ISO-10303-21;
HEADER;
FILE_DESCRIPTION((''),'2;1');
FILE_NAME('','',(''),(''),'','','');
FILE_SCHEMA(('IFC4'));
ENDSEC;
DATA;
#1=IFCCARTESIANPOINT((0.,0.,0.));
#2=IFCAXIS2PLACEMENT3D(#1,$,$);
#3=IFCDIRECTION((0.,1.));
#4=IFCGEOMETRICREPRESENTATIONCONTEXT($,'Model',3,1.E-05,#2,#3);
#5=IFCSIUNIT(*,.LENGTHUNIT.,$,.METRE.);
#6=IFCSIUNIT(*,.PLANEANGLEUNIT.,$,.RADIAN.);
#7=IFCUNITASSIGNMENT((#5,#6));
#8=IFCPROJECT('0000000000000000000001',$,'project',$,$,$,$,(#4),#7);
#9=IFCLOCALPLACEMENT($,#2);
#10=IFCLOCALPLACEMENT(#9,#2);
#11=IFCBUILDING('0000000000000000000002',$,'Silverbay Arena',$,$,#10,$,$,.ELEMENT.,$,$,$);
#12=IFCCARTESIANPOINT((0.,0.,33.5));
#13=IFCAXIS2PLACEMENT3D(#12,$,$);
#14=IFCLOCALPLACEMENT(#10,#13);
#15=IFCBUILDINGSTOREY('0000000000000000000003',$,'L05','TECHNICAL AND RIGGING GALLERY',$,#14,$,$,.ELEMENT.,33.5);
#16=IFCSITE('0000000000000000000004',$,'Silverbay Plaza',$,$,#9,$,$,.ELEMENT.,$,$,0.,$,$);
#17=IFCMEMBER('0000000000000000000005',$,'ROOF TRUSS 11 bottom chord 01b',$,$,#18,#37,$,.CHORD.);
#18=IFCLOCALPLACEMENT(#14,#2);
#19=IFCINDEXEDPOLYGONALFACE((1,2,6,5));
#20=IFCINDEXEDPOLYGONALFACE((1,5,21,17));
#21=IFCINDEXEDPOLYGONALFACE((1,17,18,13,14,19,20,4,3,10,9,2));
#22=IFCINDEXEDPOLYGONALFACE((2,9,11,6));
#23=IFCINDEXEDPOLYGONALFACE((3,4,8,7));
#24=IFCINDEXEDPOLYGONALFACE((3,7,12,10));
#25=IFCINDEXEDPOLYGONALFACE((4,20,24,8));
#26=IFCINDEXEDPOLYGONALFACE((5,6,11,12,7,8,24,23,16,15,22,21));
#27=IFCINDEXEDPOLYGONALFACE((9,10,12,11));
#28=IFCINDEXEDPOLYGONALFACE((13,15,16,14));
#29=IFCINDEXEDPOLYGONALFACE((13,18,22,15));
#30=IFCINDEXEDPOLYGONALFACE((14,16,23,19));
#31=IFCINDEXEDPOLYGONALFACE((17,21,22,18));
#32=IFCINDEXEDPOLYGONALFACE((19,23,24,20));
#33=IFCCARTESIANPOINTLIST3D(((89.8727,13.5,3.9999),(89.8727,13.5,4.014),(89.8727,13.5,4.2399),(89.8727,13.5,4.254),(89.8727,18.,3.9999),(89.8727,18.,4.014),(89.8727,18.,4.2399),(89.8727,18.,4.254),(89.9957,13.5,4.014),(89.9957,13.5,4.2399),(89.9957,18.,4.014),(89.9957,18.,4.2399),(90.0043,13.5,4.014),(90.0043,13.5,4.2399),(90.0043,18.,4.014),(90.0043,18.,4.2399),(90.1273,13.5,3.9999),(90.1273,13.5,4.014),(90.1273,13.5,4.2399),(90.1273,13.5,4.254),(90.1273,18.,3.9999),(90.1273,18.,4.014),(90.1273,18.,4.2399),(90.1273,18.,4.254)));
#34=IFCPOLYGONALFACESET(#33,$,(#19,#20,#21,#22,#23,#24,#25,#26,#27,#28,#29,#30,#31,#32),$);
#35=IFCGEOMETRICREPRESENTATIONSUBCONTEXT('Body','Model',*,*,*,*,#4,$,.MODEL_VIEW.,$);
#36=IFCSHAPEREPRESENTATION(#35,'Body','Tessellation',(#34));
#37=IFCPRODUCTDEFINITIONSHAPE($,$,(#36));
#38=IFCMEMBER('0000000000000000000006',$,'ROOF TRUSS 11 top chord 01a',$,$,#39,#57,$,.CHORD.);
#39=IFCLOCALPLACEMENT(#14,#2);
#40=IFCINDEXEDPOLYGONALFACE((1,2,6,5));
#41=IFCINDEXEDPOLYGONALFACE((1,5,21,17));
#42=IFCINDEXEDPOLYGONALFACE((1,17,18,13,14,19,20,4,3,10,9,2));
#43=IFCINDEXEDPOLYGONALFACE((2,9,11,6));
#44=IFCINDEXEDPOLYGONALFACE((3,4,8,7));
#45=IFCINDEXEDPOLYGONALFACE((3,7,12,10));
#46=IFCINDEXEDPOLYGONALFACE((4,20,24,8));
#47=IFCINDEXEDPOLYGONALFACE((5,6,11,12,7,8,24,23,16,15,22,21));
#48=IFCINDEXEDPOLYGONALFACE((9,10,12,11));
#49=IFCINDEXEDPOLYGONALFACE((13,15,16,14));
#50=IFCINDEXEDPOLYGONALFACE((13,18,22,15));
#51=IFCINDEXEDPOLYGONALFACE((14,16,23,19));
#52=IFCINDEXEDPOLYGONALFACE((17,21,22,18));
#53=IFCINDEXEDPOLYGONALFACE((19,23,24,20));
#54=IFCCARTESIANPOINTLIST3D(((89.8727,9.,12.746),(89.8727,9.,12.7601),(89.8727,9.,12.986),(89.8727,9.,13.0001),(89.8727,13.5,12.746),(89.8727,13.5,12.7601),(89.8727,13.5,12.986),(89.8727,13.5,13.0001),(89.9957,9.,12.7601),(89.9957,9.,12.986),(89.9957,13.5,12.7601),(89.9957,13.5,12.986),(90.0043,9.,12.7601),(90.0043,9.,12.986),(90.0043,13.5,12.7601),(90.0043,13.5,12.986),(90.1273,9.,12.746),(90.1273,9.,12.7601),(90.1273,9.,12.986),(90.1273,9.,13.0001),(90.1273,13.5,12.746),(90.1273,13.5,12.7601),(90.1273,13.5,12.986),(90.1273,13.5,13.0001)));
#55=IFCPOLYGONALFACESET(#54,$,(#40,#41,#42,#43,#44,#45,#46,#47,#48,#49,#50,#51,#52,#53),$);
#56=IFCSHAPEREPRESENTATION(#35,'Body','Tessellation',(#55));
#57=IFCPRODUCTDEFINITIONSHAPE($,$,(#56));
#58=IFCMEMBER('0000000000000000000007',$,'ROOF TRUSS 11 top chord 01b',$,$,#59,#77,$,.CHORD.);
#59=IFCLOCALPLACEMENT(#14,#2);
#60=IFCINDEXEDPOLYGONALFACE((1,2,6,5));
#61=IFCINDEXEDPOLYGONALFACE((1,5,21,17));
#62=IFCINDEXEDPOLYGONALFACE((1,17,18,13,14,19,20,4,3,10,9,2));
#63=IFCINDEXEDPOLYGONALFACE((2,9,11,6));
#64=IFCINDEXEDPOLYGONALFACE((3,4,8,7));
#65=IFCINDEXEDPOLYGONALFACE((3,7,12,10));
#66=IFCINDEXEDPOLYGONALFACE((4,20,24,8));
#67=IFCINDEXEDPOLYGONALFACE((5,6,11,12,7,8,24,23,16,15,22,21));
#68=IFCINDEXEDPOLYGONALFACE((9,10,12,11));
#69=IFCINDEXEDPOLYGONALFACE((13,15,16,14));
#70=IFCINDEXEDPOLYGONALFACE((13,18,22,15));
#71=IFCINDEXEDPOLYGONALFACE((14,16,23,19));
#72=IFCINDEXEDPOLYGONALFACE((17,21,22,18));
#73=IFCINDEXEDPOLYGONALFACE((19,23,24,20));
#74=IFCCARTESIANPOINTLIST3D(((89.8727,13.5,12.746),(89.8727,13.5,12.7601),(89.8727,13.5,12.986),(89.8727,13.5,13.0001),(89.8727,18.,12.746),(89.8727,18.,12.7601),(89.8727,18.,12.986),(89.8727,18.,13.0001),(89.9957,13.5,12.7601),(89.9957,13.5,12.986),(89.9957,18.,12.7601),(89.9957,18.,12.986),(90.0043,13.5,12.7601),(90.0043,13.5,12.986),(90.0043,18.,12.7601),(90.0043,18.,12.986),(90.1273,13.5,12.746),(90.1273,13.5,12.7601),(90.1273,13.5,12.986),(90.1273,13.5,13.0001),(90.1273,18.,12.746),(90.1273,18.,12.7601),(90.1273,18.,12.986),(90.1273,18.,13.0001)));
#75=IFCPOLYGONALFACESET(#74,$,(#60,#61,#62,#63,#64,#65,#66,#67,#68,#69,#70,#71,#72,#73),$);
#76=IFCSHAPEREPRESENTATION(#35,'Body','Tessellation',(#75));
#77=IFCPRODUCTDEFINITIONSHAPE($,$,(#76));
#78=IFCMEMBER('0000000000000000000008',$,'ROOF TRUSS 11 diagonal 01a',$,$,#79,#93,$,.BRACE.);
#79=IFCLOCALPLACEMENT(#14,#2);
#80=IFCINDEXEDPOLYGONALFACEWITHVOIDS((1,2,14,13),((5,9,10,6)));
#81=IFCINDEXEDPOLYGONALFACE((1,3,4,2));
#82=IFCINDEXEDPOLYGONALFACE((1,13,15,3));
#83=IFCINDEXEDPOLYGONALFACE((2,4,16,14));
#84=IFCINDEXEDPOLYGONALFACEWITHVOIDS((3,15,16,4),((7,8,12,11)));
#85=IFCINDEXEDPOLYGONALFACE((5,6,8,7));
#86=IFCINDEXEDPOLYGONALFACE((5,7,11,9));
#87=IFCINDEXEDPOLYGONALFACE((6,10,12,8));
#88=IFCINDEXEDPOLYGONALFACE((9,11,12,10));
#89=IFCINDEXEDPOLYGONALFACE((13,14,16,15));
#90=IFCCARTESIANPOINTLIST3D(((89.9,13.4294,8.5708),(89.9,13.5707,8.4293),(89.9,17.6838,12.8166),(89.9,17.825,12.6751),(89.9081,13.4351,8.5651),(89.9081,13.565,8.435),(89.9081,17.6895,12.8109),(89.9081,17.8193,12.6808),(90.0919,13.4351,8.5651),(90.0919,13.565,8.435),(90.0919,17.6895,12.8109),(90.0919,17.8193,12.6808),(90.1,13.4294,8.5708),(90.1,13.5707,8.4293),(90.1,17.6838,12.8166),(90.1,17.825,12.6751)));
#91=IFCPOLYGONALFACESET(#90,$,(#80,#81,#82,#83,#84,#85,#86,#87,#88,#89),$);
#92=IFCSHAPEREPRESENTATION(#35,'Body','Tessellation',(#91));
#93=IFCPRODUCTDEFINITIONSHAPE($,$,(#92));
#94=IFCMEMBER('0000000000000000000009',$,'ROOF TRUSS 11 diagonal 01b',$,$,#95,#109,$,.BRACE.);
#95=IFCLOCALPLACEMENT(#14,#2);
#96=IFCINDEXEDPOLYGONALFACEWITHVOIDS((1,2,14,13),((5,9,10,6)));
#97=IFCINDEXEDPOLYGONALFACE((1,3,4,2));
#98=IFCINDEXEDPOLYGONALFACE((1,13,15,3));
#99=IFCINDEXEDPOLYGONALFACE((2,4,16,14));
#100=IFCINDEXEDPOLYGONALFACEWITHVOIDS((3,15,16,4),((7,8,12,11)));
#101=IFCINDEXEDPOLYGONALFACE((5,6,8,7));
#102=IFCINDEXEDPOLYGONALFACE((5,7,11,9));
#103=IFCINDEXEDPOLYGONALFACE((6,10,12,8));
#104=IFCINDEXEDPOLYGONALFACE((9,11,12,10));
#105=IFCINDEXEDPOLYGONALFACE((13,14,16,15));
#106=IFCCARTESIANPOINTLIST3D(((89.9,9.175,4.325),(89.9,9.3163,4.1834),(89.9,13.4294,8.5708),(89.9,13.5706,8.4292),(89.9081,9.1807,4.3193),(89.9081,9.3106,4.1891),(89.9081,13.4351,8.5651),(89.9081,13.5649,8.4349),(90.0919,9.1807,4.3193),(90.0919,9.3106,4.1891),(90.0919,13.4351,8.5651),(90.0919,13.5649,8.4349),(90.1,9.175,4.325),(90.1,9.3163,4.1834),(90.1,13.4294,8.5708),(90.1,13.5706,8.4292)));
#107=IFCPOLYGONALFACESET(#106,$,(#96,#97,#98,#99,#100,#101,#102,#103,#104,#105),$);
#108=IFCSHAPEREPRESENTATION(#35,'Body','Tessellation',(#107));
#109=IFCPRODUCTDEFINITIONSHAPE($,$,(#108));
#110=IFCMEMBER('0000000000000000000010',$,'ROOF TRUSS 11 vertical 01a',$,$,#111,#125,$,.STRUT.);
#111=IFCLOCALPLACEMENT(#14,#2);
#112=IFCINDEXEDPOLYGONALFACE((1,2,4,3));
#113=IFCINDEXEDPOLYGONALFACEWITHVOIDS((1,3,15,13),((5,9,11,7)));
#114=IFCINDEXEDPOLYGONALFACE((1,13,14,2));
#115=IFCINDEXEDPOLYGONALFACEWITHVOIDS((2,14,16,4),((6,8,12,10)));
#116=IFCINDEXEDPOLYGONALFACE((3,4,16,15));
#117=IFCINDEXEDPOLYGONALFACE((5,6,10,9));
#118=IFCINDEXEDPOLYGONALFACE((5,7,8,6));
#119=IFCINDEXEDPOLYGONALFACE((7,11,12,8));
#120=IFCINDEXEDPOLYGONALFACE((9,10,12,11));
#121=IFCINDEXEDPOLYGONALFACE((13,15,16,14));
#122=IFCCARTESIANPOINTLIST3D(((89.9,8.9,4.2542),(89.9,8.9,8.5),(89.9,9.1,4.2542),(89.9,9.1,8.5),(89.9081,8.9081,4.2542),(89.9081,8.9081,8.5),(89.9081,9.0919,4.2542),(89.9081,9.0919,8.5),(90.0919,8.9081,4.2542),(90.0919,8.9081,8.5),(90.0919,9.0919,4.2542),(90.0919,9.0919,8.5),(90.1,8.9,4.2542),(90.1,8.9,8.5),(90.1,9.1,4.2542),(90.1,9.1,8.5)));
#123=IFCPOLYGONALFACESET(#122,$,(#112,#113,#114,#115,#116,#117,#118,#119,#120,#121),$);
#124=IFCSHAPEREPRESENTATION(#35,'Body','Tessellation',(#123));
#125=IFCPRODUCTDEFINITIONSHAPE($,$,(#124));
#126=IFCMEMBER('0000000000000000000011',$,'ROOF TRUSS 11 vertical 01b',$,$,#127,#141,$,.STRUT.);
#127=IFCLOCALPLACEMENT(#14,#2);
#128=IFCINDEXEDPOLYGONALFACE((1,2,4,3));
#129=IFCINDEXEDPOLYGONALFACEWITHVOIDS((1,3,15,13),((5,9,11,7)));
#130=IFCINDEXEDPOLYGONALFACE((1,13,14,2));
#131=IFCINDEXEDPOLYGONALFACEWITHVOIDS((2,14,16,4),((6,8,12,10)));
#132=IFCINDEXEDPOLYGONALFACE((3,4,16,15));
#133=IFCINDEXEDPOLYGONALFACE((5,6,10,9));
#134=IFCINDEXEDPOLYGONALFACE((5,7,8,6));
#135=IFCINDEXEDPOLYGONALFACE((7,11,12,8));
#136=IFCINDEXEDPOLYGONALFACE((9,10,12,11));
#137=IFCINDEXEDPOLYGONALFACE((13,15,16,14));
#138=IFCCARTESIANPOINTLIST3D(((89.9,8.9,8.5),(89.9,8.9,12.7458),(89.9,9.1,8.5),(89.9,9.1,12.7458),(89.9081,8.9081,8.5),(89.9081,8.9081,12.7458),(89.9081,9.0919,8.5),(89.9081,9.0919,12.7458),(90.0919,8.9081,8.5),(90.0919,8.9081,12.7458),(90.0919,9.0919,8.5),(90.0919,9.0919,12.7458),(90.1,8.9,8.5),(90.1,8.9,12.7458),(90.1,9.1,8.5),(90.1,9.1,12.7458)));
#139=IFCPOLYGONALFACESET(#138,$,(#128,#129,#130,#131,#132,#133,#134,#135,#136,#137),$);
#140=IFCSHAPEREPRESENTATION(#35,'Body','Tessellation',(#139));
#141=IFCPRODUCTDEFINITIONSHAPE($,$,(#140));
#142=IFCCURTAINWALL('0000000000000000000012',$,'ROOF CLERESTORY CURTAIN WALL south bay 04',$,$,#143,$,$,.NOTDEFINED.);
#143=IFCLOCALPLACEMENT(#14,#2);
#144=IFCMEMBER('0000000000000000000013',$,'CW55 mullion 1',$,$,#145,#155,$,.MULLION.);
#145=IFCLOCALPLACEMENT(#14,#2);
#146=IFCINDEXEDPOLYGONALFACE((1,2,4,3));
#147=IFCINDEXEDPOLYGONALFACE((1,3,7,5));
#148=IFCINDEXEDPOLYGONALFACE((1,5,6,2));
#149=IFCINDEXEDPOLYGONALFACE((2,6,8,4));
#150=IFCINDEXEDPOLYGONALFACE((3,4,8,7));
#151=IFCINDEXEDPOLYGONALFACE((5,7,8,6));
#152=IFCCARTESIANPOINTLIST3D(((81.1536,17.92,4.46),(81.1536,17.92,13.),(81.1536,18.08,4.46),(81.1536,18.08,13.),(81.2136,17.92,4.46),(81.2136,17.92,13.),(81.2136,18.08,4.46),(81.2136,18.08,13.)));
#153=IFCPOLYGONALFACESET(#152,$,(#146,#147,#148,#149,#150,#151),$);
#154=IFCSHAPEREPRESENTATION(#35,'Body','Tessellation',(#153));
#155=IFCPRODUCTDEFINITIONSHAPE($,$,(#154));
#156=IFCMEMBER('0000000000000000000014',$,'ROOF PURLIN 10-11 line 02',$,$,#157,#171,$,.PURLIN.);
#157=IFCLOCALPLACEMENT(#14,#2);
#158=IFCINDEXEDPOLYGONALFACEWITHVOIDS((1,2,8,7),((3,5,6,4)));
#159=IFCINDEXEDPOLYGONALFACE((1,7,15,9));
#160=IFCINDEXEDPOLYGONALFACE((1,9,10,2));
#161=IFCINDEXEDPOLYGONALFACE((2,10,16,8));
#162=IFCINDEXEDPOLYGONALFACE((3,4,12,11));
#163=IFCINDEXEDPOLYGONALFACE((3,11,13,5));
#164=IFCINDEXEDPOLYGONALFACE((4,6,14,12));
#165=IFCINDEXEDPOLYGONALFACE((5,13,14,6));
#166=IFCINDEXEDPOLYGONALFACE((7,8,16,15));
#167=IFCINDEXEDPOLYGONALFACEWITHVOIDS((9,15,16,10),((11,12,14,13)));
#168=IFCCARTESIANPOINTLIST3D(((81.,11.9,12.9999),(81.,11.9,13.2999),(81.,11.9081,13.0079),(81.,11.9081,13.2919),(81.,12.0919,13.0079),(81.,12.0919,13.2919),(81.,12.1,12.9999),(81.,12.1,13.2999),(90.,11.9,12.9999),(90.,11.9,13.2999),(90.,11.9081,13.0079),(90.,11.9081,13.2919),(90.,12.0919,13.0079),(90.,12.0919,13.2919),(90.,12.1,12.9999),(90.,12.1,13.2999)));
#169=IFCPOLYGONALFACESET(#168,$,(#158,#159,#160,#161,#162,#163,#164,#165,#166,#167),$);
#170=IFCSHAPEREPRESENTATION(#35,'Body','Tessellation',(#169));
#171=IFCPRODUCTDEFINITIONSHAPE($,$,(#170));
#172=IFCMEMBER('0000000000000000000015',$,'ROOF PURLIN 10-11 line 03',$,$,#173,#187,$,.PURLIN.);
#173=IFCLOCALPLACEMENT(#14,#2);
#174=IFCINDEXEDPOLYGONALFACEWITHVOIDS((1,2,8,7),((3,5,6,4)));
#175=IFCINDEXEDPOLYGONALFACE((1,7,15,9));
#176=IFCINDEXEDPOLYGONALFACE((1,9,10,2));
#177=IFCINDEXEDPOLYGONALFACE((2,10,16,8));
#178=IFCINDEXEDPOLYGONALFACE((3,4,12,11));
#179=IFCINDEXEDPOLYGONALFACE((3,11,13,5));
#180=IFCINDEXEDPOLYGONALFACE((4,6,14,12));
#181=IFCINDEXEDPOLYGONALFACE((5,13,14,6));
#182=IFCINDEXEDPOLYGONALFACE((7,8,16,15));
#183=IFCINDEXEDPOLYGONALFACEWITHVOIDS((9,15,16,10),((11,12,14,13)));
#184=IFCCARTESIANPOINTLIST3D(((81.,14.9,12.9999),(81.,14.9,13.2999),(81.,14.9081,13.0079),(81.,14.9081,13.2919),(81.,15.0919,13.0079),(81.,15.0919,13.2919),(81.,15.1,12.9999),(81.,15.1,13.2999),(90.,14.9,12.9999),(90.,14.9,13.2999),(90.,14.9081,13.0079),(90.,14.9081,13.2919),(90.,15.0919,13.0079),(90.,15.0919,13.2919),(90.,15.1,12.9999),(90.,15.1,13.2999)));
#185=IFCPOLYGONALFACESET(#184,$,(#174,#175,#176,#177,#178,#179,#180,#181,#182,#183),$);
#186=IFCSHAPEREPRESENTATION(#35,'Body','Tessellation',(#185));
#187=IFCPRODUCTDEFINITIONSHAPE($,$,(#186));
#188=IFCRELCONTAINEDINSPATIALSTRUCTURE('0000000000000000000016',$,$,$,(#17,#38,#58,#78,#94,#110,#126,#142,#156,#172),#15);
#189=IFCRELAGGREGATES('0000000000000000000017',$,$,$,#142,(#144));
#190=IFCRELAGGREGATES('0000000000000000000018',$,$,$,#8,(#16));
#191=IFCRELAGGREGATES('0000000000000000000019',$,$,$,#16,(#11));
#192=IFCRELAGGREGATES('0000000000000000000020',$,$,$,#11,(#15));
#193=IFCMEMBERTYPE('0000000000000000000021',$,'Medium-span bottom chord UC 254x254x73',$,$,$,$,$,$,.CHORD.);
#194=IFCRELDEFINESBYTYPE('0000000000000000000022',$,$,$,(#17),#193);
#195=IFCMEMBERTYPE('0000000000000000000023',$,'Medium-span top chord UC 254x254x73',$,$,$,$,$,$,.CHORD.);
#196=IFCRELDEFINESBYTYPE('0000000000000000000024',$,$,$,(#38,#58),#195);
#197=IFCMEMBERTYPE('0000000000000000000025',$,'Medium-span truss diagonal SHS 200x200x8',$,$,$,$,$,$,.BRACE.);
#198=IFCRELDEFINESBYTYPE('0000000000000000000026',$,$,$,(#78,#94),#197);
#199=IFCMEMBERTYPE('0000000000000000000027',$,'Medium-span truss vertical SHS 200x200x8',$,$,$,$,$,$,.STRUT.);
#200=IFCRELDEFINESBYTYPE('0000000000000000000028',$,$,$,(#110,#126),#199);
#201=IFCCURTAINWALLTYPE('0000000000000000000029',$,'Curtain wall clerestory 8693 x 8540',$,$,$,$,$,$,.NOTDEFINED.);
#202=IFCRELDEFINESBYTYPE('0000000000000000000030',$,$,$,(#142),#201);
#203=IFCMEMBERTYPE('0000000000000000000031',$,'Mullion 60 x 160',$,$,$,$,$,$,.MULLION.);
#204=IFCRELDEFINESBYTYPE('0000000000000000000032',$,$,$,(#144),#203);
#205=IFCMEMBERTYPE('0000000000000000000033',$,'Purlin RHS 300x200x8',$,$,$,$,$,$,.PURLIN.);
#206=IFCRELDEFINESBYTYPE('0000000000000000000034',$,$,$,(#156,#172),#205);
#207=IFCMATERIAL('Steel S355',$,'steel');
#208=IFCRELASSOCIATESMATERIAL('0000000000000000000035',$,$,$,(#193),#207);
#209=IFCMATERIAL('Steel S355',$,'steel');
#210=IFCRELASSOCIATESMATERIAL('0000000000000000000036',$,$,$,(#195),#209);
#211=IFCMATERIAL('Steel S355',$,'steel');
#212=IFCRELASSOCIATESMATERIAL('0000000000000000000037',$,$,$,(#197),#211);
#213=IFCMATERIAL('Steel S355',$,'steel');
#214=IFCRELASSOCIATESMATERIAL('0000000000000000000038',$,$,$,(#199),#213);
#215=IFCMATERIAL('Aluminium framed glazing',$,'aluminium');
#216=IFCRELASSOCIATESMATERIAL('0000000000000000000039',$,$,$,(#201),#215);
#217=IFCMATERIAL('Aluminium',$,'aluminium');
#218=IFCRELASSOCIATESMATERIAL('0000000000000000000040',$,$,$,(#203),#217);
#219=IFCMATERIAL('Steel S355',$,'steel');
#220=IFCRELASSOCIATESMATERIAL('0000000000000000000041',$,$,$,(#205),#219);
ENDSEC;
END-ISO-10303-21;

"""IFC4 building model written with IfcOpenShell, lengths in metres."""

from ifc_helpers import new_model, si_unit, direction, frame, origin, origin_2d, place, context, subcontext, project, spatial, rectangle, hollow_rectangle, i_section, extrude, material, material_profile, profile_set, type_object, element, aggregate, save


model = new_model("IFC4")

# Units and contexts
model_context = context("Model", 3, precision=1e-05, world=origin(), true_north=direction((0.0, 1.0)))
body_context = subcontext(model_context, "Body", "Model", "MODEL_VIEW")
ifc_project = project(units=[si_unit("LENGTHUNIT", "METRE"), si_unit("PLANEANGLEUNIT", "RADIAN")], contexts=[model_context])

# Site, building, storey
site_placement = place(None, origin())
site = spatial("IfcSite", under=ifc_project, at=site_placement, Name="Silverbay Plaza", CompositionType="ELEMENT", RefElevation=0.0)
building_placement = place(site_placement, origin())
building = spatial("IfcBuilding", under=site, at=building_placement, Name="Silverbay Arena", CompositionType="ELEMENT")
storey_placement = place(building_placement, frame((0.0, 0.0, 33.5)))
storey = spatial("IfcBuildingStorey", under=building, at=storey_placement, Name="L05", Description="TECHNICAL AND RIGGING GALLERY", CompositionType="ELEMENT", Elevation=33.5)

# Members
ifc_material_1 = material(Name="Steel S355", Category="steel")
ifc_material_profile_1 = material_profile(ifc_material_1, i_section(OverallWidth=0.2546, OverallDepth=0.2542, WebThickness=0.0085, FlangeThickness=0.0142, at=origin_2d()), Name="UC 254x254x73")
ifc_profile_set_1 = profile_set([ifc_material_profile_1], Name="Steel S355")
member_type_1 = type_object("IfcMemberType", Name="Medium-span bottom chord UC 254x254x73", PredefinedType="CHORD", material=ifc_profile_set_1)
for number, where, z_axis, x_axis, name in (
    (1, (90.0, 13.5, 4.127), (0.0, 1.0, 0.0), (-1.0, 0.0, 0.0), "ROOF TRUSS 11 bottom chord 01b"),
):
    element("IfcMember", number, at=place(storey_placement, frame(where, z_axis=z_axis, x_axis=x_axis)), inside=storey, type_object=member_type_1, Name=name, PredefinedType="CHORD", context=body_context, shape_type="SweptSolid", body=[
        extrude(i_section(OverallWidth=0.2546, OverallDepth=0.2542, WebThickness=0.0085, FlangeThickness=0.0142, at=origin_2d()), origin(), (0.0, 0.0, 1.0), 4.5),
    ])
ifc_material_2 = material(Name="Steel S355", Category="steel")
ifc_material_profile_2 = material_profile(ifc_material_2, i_section(OverallWidth=0.2546, OverallDepth=0.2542, WebThickness=0.0085, FlangeThickness=0.0142, at=origin_2d()), Name="UC 254x254x73")
ifc_profile_set_2 = profile_set([ifc_material_profile_2], Name="Steel S355")
member_type_2 = type_object("IfcMemberType", Name="Medium-span top chord UC 254x254x73", PredefinedType="CHORD", material=ifc_profile_set_2)
for number, where, z_axis, x_axis, name in (
    (2, (90.0, 9.0, 12.873), (0.0, 1.0, 0.0), (-1.0, 0.0, 0.0), "ROOF TRUSS 11 top chord 01a"),
    (3, (90.0, 13.5, 12.873), (0.0, 1.0, 0.0), (-1.0, 0.0, 0.0), "ROOF TRUSS 11 top chord 01b"),
):
    element("IfcMember", number, at=place(storey_placement, frame(where, z_axis=z_axis, x_axis=x_axis)), inside=storey, type_object=member_type_2, Name=name, PredefinedType="CHORD", context=body_context, shape_type="SweptSolid", body=[
        extrude(i_section(OverallWidth=0.2546, OverallDepth=0.2542, WebThickness=0.0085, FlangeThickness=0.0142, at=origin_2d()), origin(), (0.0, 0.0, 1.0), 4.5),
    ])
ifc_material_3 = material(Name="Steel S355", Category="steel")
ifc_material_profile_3 = material_profile(ifc_material_3, hollow_rectangle(XDim=0.2, YDim=0.2, WallThickness=0.0081, at=origin_2d()), Name="SHS 200x200x8")
ifc_profile_set_3 = profile_set([ifc_material_profile_3], Name="Steel S355")
member_type_3 = type_object("IfcMemberType", Name="Medium-span truss diagonal SHS 200x200x8", PredefinedType="BRACE", material=ifc_profile_set_3)
for number, where, z_axis, x_axis, name in (
    (4, (90.0, 17.7544, 12.7458), (0.0, -0.707817, -0.706396), (1.0, 0.0, 0.0), "ROOF TRUSS 11 diagonal 01a"),
    (5, (90.0, 13.5, 8.5), (0.0, -0.707817, -0.706396), (1.0, 0.0, 0.0), "ROOF TRUSS 11 diagonal 01b"),
):
    element("IfcMember", number, at=place(storey_placement, frame(where, z_axis=z_axis, x_axis=x_axis)), inside=storey, type_object=member_type_3, Name=name, PredefinedType="BRACE", context=body_context, shape_type="SweptSolid", body=[
        extrude(hollow_rectangle(XDim=0.2, YDim=0.2, WallThickness=0.0081, at=origin_2d()), origin(), (0.0, 0.0, 1.0), 6.0105),
    ])
ifc_material_4 = material(Name="Steel S355", Category="steel")
ifc_material_profile_4 = material_profile(ifc_material_4, hollow_rectangle(XDim=0.2, YDim=0.2, WallThickness=0.0081, at=origin_2d()), Name="SHS 200x200x8")
ifc_profile_set_4 = profile_set([ifc_material_profile_4], Name="Steel S355")
member_type_4 = type_object("IfcMemberType", Name="Medium-span truss vertical SHS 200x200x8", PredefinedType="STRUT", material=ifc_profile_set_4)
for number, where, z_axis, x_axis, name in (
    (6, (90.0, 9.0, 4.2542), (0.0, 0.0, 1.0), (1.0, 0.0, 0.0), "ROOF TRUSS 11 vertical 01a"),
    (7, (90.0, 9.0, 8.5), (0.0, 0.0, 1.0), (1.0, 0.0, 0.0), "ROOF TRUSS 11 vertical 01b"),
):
    element("IfcMember", number, at=place(storey_placement, frame(where, z_axis=z_axis, x_axis=x_axis)), inside=storey, type_object=member_type_4, Name=name, PredefinedType="STRUT", context=body_context, shape_type="SweptSolid", body=[
        extrude(hollow_rectangle(XDim=0.2, YDim=0.2, WallThickness=0.0081, at=origin_2d()), origin(), (0.0, 0.0, 1.0), 4.2458),
    ])

# Curtain wall, member
ifc_material_5 = material(Name="Aluminium framed glazing", Category="aluminium")
curtain_wall_type = type_object("IfcCurtainWallType", Name="Curtain wall clerestory 8693 x 8540", PredefinedType="NOTDEFINED", material=ifc_material_5)
curtain_wall_placement = place(storey_placement, origin())
curtain_wall = element("IfcCurtainWall", 8, at=curtain_wall_placement, inside=storey, type_object=curtain_wall_type, Name="ROOF CLERESTORY CURTAIN WALL south bay 04", PredefinedType="NOTDEFINED")
ifc_material_6 = material(Name="Aluminium", Category="aluminium")
ifc_material_profile_5 = material_profile(ifc_material_6, rectangle(XDim=0.1599, YDim=0.0601, at=origin_2d()), Name="Mullion 60 x 160")
ifc_profile_set_5 = profile_set([ifc_material_profile_5], Name="Aluminium")
member_type_5 = type_object("IfcMemberType", Name="Mullion 60 x 160", PredefinedType="MULLION", material=ifc_profile_set_5)
member_1_placement = place(storey_placement, frame((81.1836, 18.0, 4.46), z_axis=(0.0, 0.0, 1.0), x_axis=(0.0, 1.0, 0.0)))
member_1 = element("IfcMember", 9, at=member_1_placement, type_object=member_type_5, Name="CW55 mullion 1", PredefinedType="MULLION", context=body_context, shape_type="SweptSolid", body=[
    extrude(rectangle(XDim=0.1599, YDim=0.0601, at=origin_2d()), origin(), (0.0, 0.0, 1.0), 8.54),
])

# Members
ifc_material_7 = material(Name="Steel S355", Category="steel")
ifc_material_profile_6 = material_profile(ifc_material_7, hollow_rectangle(XDim=0.2, YDim=0.3, WallThickness=0.0081, at=origin_2d()), Name="RHS 300x200x8")
ifc_profile_set_6 = profile_set([ifc_material_profile_6], Name="Steel S355")
member_type_6 = type_object("IfcMemberType", Name="Purlin RHS 300x200x8", PredefinedType="PURLIN", material=ifc_profile_set_6)
for number, where, z_axis, x_axis, name in (
    (10, (81.0, 12.0, 13.1499), (1.0, 0.0, 0.0), (0.0, 1.0, 0.0), "ROOF PURLIN 10-11 line 02"),
    (11, (81.0, 15.0, 13.1499), (1.0, 0.0, 0.0), (0.0, 1.0, 0.0), "ROOF PURLIN 10-11 line 03"),
):
    element("IfcMember", number, at=place(storey_placement, frame(where, z_axis=z_axis, x_axis=x_axis)), inside=storey, type_object=member_type_6, Name=name, PredefinedType="PURLIN", context=body_context, shape_type="SweptSolid", body=[
        extrude(hollow_rectangle(XDim=0.2, YDim=0.3, WallThickness=0.0081, at=origin_2d()), origin(), (0.0, 0.0, 1.0), 9.0),
    ])

aggregate(curtain_wall, [member_1])

save(model, "model.ifc")
